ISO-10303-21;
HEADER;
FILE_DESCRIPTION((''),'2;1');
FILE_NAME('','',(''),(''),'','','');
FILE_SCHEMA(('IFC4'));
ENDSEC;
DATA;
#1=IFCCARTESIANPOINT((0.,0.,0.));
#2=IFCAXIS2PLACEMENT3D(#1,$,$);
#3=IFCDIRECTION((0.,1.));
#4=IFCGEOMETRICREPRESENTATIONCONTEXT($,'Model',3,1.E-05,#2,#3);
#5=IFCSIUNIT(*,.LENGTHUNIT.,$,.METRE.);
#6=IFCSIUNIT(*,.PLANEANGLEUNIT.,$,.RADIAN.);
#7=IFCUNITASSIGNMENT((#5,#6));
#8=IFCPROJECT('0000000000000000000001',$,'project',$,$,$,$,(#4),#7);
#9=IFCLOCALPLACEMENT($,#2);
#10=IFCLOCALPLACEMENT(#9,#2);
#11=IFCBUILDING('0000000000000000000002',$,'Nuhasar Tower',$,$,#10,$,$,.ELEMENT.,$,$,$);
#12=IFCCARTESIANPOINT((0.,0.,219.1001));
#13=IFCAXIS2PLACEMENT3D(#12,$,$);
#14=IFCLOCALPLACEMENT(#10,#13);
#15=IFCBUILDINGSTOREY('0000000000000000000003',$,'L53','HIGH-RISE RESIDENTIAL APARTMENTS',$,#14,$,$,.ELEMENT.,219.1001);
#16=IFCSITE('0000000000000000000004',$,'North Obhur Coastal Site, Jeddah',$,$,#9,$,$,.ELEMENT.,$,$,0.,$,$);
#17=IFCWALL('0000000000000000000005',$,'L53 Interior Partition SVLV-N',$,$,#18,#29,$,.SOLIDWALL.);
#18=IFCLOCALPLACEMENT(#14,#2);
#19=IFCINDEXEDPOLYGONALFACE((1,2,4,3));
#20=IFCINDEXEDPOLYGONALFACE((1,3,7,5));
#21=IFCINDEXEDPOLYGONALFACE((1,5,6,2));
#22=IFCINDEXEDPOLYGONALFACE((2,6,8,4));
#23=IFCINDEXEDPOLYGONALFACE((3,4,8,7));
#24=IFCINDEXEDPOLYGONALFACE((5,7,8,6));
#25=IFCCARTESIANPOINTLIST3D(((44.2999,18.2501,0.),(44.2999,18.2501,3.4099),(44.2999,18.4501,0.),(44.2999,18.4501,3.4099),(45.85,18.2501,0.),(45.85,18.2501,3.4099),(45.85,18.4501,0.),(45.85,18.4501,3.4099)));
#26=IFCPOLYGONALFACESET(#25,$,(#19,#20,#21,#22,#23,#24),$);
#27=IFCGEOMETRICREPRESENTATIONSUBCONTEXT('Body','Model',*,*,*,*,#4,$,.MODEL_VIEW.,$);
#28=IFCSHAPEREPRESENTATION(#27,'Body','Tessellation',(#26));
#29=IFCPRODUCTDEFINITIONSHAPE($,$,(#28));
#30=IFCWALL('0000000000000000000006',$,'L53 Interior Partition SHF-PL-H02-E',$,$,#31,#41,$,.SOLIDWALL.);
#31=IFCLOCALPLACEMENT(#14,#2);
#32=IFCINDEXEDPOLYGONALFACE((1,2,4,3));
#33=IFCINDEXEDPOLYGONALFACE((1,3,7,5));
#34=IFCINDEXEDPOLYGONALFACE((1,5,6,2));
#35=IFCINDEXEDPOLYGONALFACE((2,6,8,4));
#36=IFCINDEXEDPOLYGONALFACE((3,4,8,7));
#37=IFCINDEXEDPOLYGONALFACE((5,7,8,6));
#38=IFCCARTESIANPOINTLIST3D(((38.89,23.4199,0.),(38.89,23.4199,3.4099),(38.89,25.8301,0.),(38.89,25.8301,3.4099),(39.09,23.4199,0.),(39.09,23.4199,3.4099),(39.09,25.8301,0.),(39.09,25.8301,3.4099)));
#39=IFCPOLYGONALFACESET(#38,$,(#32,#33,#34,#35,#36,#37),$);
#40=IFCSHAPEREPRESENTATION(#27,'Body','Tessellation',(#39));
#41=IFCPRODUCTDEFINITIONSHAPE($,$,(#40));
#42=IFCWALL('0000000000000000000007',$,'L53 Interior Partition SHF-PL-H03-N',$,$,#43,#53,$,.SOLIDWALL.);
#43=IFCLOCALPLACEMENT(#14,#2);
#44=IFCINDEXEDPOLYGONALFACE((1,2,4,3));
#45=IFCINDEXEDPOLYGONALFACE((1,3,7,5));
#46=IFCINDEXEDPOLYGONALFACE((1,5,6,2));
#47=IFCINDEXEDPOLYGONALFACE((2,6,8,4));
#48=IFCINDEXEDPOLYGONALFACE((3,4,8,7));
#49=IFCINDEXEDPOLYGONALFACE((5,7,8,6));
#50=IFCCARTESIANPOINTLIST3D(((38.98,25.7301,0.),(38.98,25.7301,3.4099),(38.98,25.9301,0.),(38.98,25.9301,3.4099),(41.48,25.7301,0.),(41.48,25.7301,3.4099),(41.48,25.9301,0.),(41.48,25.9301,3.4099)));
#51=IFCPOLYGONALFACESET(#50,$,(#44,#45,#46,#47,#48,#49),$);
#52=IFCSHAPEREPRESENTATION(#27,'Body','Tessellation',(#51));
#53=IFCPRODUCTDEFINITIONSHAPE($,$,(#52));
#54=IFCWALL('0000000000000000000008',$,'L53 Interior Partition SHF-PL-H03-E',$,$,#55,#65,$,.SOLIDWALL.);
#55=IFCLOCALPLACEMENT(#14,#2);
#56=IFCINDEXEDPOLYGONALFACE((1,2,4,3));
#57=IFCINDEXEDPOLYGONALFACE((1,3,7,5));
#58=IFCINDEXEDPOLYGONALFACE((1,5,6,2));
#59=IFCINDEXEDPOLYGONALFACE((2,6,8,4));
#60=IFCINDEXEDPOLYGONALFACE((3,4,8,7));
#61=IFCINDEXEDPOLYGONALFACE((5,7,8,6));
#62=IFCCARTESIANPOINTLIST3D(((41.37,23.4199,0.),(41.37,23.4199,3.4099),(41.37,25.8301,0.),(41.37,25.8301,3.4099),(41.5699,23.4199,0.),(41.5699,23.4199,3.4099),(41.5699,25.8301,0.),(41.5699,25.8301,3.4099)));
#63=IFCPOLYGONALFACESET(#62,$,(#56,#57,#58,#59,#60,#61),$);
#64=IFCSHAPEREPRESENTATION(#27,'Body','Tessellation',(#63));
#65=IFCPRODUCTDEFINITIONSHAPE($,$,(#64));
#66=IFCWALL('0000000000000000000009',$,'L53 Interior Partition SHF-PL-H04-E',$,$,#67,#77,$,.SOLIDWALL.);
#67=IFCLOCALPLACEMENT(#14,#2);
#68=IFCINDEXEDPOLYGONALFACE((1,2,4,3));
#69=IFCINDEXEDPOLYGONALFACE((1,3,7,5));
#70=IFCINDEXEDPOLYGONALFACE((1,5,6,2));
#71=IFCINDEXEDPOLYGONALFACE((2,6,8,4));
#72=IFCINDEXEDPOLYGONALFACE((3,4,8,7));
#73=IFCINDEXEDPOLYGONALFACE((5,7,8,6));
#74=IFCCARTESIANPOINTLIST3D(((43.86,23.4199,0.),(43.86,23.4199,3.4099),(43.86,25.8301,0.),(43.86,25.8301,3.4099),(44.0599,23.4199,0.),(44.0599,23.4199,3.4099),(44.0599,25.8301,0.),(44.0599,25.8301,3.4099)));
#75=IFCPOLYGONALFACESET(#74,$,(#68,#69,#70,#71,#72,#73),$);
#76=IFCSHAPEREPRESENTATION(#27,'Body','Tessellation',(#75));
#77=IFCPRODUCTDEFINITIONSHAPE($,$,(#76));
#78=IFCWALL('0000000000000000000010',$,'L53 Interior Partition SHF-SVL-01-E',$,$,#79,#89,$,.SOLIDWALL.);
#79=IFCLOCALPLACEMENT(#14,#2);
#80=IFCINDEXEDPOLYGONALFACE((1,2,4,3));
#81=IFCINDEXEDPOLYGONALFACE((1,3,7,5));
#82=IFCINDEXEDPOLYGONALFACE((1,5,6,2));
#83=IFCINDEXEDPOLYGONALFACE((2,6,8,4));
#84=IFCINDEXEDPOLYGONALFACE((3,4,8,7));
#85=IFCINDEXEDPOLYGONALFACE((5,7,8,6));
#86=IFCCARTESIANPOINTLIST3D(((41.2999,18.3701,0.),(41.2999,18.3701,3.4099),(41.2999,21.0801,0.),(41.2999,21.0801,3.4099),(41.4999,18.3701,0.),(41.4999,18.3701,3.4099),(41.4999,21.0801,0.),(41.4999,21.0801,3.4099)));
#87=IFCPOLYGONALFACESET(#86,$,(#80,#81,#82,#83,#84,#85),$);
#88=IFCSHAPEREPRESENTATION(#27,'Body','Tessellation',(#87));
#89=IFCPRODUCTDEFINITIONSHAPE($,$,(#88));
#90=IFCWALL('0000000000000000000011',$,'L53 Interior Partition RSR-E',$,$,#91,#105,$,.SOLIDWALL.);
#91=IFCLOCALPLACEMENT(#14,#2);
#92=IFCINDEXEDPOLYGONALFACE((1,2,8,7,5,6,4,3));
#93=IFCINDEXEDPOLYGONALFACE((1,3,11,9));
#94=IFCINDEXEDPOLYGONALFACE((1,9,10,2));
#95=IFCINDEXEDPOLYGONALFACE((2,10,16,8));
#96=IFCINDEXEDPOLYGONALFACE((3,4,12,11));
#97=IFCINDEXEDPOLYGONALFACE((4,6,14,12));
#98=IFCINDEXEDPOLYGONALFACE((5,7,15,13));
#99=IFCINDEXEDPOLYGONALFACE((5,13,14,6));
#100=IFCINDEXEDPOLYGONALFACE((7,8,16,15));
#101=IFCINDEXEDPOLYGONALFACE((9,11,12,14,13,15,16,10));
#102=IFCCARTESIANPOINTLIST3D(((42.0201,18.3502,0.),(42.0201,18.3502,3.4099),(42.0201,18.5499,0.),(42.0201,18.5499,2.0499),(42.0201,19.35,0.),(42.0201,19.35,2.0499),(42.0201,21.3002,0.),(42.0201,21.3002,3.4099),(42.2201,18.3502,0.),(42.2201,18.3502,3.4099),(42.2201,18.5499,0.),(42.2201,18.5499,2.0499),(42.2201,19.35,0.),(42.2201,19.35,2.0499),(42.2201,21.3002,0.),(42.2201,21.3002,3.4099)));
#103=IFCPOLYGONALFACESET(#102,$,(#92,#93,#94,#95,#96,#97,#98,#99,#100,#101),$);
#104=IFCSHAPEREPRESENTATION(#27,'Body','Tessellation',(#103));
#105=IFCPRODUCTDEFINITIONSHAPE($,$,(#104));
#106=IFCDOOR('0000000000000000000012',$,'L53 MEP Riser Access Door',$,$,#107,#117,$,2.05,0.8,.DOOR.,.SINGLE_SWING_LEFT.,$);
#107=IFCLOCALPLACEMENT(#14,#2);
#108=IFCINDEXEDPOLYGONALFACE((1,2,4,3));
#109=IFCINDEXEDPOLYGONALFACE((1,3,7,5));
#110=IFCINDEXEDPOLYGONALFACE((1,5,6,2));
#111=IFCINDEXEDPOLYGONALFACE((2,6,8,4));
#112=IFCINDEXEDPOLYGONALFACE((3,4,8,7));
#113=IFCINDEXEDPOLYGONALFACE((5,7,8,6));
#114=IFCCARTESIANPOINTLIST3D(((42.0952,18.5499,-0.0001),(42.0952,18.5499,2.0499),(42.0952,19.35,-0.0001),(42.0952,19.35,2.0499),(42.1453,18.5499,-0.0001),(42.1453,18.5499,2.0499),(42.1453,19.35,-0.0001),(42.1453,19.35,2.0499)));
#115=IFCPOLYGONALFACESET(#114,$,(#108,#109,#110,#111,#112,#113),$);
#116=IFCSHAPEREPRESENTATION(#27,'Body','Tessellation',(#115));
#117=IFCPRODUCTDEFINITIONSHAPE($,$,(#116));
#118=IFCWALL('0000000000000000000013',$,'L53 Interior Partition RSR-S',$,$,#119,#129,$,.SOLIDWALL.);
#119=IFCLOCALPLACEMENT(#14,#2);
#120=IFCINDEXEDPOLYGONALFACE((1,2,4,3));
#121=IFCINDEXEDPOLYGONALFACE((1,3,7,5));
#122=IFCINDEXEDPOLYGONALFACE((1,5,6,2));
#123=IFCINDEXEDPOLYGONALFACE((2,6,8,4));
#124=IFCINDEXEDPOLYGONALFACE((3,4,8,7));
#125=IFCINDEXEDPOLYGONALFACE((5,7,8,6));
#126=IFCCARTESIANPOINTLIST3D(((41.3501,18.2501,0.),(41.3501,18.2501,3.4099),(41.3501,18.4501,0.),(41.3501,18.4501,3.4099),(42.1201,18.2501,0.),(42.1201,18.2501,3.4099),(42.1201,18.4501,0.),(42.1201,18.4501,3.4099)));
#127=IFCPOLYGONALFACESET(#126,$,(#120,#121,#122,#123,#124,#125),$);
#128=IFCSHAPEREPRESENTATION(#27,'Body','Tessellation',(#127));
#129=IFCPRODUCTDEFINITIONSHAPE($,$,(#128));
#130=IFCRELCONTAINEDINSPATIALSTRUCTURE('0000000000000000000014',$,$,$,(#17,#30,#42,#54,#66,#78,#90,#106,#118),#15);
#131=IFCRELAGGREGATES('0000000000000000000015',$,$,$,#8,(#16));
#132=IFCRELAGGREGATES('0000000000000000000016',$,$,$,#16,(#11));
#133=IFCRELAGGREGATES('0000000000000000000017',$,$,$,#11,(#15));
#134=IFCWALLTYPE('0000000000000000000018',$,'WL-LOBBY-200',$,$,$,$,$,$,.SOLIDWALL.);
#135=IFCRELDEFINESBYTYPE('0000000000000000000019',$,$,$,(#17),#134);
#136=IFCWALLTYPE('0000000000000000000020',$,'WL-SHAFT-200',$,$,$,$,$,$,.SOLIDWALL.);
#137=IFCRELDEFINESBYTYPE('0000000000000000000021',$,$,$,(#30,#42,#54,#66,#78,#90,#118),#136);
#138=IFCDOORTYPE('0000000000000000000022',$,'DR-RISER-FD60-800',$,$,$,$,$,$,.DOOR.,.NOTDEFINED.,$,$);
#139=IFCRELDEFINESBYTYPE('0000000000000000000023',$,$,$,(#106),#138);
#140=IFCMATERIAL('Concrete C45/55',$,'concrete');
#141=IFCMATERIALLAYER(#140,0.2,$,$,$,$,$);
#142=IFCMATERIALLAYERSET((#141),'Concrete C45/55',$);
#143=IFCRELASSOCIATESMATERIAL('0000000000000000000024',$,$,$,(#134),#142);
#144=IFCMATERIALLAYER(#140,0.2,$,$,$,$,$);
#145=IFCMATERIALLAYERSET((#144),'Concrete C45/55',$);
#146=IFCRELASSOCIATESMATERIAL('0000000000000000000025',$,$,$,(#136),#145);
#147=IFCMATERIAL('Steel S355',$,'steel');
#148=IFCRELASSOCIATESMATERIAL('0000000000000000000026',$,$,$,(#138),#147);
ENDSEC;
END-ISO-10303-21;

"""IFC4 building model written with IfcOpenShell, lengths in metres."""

from ifc_helpers import new_model, si_unit, direction, frame, frame_2d, origin, place, context, subcontext, project, spatial, rectangle, extrude, material, layer, layer_set, type_object, element, fill, save


model = new_model("IFC4")

# Units and contexts
model_context = context("Model", 3, precision=1e-05, world=origin(), true_north=direction((0.0, 1.0)))
body_context = subcontext(model_context, "Body", "Model", "MODEL_VIEW")
ifc_project = project(units=[si_unit("LENGTHUNIT", "METRE"), si_unit("PLANEANGLEUNIT", "RADIAN")], contexts=[model_context])

# Site, building, storey
site_placement = place(None, origin())
site = spatial("IfcSite", under=ifc_project, at=site_placement, Name="North Obhur Coastal Site, Jeddah", CompositionType="ELEMENT", RefElevation=0.0)
building_placement = place(site_placement, origin())
building = spatial("IfcBuilding", under=site, at=building_placement, Name="Nuhasar Tower", CompositionType="ELEMENT")
storey_placement = place(building_placement, frame((0.0, 0.0, 219.1001)))
storey = spatial("IfcBuildingStorey", under=building, at=storey_placement, Name="L53", Description="HIGH-RISE RESIDENTIAL APARTMENTS", CompositionType="ELEMENT", Elevation=219.1001)

# Shared definitions
ifc_material_1 = material(Name="Steel S355", Category="steel")

# Shared definitions
ifc_material_2 = material(Name="Concrete C45/55", Category="concrete")
ifc_layer_1 = layer(ifc_material_2, 0.2)
ifc_layer_set_1 = layer_set([ifc_layer_1], Name="Concrete C45/55")
wall_type_1 = type_object("IfcWallType", Name="WL-LOBBY-200", PredefinedType="SOLIDWALL", material=ifc_layer_set_1)

# Walls
wall_1_placement = place(storey_placement, frame((44.3, 18.3501, 0.0), z_axis=(0.0, 0.0, 1.0), x_axis=(1.0, 0.0, 0.0)))
element("IfcWall", 1, at=wall_1_placement, inside=storey, type_object=wall_type_1, Name="L53 Interior Partition SVLV-N", PredefinedType="SOLIDWALL", context=body_context, shape_type="SweptSolid", body=[
    extrude(rectangle(XDim=1.55, YDim=0.2, at=frame_2d((0.7749, 0.0))), origin(), (0.0, 0.0, 1.0), 3.4099),
])
ifc_layer_2 = layer(ifc_material_2, 0.2)
ifc_layer_set_2 = layer_set([ifc_layer_2], Name="Concrete C45/55")
wall_type_2 = type_object("IfcWallType", Name="WL-SHAFT-200", PredefinedType="SOLIDWALL", material=ifc_layer_set_2)
wall_2_placement = place(storey_placement, frame((38.99, 23.4199, 0.0), z_axis=(0.0, 0.0, 1.0), x_axis=(0.0, 1.0, 0.0)))
element("IfcWall", 2, at=wall_2_placement, inside=storey, type_object=wall_type_2, Name="L53 Interior Partition SHF-PL-H02-E", PredefinedType="SOLIDWALL", context=body_context, shape_type="SweptSolid", body=[
    extrude(rectangle(XDim=2.4102, YDim=0.2, at=frame_2d((1.2051, 0.0))), origin(), (0.0, 0.0, 1.0), 3.4099),
])

# Walls
wall_3_placement = place(storey_placement, frame((38.98, 25.8301, 0.0), z_axis=(0.0, 0.0, 1.0), x_axis=(1.0, 0.0, 0.0)))
element("IfcWall", 3, at=wall_3_placement, inside=storey, type_object=wall_type_2, Name="L53 Interior Partition SHF-PL-H03-N", PredefinedType="SOLIDWALL", context=body_context, shape_type="SweptSolid", body=[
    extrude(rectangle(XDim=2.5, YDim=0.2, at=frame_2d((1.25, 0.0))), origin(), (0.0, 0.0, 1.0), 3.4099),
])
wall_4_placement = place(storey_placement, frame((41.47, 23.4199, 0.0), z_axis=(0.0, 0.0, 1.0), x_axis=(0.0, 1.0, 0.0)))
element("IfcWall", 4, at=wall_4_placement, inside=storey, type_object=wall_type_2, Name="L53 Interior Partition SHF-PL-H03-E", PredefinedType="SOLIDWALL", context=body_context, shape_type="SweptSolid", body=[
    extrude(rectangle(XDim=2.4102, YDim=0.2, at=frame_2d((1.2051, 0.0))), origin(), (0.0, 0.0, 1.0), 3.4099),
])

# Walls
wall_5_placement = place(storey_placement, frame((43.96, 23.4199, 0.0), z_axis=(0.0, 0.0, 1.0), x_axis=(0.0, 1.0, 0.0)))
element("IfcWall", 5, at=wall_5_placement, inside=storey, type_object=wall_type_2, Name="L53 Interior Partition SHF-PL-H04-E", PredefinedType="SOLIDWALL", context=body_context, shape_type="SweptSolid", body=[
    extrude(rectangle(XDim=2.4102, YDim=0.2, at=frame_2d((1.2051, 0.0))), origin(), (0.0, 0.0, 1.0), 3.4099),
])
wall_6_placement = place(storey_placement, frame((41.3999, 18.3701, 0.0), z_axis=(0.0, 0.0, 1.0), x_axis=(0.0, 1.0, 0.0)))
element("IfcWall", 6, at=wall_6_placement, inside=storey, type_object=wall_type_2, Name="L53 Interior Partition SHF-SVL-01-E", PredefinedType="SOLIDWALL", context=body_context, shape_type="SweptSolid", body=[
    extrude(rectangle(XDim=2.71, YDim=0.2, at=frame_2d((1.355, 0.0))), origin(), (0.0, 0.0, 1.0), 3.4099),
])

# Wall, opening, door
wall_7_placement = place(storey_placement, frame((42.1201, 18.3501, 0.0), z_axis=(0.0, 0.0, 1.0), x_axis=(0.0, 1.0, 0.0)))
wall_7 = element("IfcWall", 7, at=wall_7_placement, inside=storey, type_object=wall_type_2, Name="L53 Interior Partition RSR-E", PredefinedType="SOLIDWALL", context=body_context, shape_type="SweptSolid", body=[
    extrude(rectangle(XDim=2.95, YDim=0.2, at=frame_2d((1.4751, 0.0))), origin(), (0.0, 0.0, 1.0), 3.4099),
])
opening_1_placement = place(wall_7_placement, frame((0.2, 0.0, 0.0)))
opening_1 = element("IfcOpeningElement", 8, at=opening_1_placement, cuts=wall_7, PredefinedType="OPENING", context=body_context, shape_type="SweptSolid", body=[
    extrude(rectangle(XDim=0.8, YDim=2.05, at=frame_2d((0.3999, 1.0249))), frame((0.0, 0.1099, 0.0), z_axis=(0.0, -1.0, 0.0), x_axis=(1.0, 0.0, 0.0)), (0.0, 0.0, 1.0), 0.22),
])
door_type_1 = type_object("IfcDoorType", Name="DR-RISER-FD60-800", OperationType="NOTDEFINED", PredefinedType="DOOR", material=ifc_material_1)
door_1_placement = place(opening_1_placement, origin())
door_1 = element("IfcDoor", 9, at=door_1_placement, inside=storey, type_object=door_type_1, Name="L53 MEP Riser Access Door", OperationType="SINGLE_SWING_LEFT", OverallHeight=2.05, OverallWidth=0.8, PredefinedType="DOOR", context=body_context, shape_type="SweptSolid", body=[
    extrude(rectangle(XDim=0.8, YDim=2.05, at=frame_2d((0.3999, 1.0249))), frame((0.0, 0.0249, 0.0), z_axis=(0.0, -1.0, 0.0), x_axis=(1.0, 0.0, 0.0)), (0.0, 0.0, 1.0), 0.05),
])
fill(opening_1, door_1)

# Wall
wall_8_placement = place(storey_placement, frame((41.3501, 18.3501, 0.0), z_axis=(0.0, 0.0, 1.0), x_axis=(1.0, 0.0, 0.0)))
element("IfcWall", 10, at=wall_8_placement, inside=storey, type_object=wall_type_2, Name="L53 Interior Partition RSR-S", PredefinedType="SOLIDWALL", context=body_context, shape_type="SweptSolid", body=[
    extrude(rectangle(XDim=0.77, YDim=0.2, at=frame_2d((0.385, 0.0))), origin(), (0.0, 0.0, 1.0), 3.4099),
])

save(model, "model.ifc")
